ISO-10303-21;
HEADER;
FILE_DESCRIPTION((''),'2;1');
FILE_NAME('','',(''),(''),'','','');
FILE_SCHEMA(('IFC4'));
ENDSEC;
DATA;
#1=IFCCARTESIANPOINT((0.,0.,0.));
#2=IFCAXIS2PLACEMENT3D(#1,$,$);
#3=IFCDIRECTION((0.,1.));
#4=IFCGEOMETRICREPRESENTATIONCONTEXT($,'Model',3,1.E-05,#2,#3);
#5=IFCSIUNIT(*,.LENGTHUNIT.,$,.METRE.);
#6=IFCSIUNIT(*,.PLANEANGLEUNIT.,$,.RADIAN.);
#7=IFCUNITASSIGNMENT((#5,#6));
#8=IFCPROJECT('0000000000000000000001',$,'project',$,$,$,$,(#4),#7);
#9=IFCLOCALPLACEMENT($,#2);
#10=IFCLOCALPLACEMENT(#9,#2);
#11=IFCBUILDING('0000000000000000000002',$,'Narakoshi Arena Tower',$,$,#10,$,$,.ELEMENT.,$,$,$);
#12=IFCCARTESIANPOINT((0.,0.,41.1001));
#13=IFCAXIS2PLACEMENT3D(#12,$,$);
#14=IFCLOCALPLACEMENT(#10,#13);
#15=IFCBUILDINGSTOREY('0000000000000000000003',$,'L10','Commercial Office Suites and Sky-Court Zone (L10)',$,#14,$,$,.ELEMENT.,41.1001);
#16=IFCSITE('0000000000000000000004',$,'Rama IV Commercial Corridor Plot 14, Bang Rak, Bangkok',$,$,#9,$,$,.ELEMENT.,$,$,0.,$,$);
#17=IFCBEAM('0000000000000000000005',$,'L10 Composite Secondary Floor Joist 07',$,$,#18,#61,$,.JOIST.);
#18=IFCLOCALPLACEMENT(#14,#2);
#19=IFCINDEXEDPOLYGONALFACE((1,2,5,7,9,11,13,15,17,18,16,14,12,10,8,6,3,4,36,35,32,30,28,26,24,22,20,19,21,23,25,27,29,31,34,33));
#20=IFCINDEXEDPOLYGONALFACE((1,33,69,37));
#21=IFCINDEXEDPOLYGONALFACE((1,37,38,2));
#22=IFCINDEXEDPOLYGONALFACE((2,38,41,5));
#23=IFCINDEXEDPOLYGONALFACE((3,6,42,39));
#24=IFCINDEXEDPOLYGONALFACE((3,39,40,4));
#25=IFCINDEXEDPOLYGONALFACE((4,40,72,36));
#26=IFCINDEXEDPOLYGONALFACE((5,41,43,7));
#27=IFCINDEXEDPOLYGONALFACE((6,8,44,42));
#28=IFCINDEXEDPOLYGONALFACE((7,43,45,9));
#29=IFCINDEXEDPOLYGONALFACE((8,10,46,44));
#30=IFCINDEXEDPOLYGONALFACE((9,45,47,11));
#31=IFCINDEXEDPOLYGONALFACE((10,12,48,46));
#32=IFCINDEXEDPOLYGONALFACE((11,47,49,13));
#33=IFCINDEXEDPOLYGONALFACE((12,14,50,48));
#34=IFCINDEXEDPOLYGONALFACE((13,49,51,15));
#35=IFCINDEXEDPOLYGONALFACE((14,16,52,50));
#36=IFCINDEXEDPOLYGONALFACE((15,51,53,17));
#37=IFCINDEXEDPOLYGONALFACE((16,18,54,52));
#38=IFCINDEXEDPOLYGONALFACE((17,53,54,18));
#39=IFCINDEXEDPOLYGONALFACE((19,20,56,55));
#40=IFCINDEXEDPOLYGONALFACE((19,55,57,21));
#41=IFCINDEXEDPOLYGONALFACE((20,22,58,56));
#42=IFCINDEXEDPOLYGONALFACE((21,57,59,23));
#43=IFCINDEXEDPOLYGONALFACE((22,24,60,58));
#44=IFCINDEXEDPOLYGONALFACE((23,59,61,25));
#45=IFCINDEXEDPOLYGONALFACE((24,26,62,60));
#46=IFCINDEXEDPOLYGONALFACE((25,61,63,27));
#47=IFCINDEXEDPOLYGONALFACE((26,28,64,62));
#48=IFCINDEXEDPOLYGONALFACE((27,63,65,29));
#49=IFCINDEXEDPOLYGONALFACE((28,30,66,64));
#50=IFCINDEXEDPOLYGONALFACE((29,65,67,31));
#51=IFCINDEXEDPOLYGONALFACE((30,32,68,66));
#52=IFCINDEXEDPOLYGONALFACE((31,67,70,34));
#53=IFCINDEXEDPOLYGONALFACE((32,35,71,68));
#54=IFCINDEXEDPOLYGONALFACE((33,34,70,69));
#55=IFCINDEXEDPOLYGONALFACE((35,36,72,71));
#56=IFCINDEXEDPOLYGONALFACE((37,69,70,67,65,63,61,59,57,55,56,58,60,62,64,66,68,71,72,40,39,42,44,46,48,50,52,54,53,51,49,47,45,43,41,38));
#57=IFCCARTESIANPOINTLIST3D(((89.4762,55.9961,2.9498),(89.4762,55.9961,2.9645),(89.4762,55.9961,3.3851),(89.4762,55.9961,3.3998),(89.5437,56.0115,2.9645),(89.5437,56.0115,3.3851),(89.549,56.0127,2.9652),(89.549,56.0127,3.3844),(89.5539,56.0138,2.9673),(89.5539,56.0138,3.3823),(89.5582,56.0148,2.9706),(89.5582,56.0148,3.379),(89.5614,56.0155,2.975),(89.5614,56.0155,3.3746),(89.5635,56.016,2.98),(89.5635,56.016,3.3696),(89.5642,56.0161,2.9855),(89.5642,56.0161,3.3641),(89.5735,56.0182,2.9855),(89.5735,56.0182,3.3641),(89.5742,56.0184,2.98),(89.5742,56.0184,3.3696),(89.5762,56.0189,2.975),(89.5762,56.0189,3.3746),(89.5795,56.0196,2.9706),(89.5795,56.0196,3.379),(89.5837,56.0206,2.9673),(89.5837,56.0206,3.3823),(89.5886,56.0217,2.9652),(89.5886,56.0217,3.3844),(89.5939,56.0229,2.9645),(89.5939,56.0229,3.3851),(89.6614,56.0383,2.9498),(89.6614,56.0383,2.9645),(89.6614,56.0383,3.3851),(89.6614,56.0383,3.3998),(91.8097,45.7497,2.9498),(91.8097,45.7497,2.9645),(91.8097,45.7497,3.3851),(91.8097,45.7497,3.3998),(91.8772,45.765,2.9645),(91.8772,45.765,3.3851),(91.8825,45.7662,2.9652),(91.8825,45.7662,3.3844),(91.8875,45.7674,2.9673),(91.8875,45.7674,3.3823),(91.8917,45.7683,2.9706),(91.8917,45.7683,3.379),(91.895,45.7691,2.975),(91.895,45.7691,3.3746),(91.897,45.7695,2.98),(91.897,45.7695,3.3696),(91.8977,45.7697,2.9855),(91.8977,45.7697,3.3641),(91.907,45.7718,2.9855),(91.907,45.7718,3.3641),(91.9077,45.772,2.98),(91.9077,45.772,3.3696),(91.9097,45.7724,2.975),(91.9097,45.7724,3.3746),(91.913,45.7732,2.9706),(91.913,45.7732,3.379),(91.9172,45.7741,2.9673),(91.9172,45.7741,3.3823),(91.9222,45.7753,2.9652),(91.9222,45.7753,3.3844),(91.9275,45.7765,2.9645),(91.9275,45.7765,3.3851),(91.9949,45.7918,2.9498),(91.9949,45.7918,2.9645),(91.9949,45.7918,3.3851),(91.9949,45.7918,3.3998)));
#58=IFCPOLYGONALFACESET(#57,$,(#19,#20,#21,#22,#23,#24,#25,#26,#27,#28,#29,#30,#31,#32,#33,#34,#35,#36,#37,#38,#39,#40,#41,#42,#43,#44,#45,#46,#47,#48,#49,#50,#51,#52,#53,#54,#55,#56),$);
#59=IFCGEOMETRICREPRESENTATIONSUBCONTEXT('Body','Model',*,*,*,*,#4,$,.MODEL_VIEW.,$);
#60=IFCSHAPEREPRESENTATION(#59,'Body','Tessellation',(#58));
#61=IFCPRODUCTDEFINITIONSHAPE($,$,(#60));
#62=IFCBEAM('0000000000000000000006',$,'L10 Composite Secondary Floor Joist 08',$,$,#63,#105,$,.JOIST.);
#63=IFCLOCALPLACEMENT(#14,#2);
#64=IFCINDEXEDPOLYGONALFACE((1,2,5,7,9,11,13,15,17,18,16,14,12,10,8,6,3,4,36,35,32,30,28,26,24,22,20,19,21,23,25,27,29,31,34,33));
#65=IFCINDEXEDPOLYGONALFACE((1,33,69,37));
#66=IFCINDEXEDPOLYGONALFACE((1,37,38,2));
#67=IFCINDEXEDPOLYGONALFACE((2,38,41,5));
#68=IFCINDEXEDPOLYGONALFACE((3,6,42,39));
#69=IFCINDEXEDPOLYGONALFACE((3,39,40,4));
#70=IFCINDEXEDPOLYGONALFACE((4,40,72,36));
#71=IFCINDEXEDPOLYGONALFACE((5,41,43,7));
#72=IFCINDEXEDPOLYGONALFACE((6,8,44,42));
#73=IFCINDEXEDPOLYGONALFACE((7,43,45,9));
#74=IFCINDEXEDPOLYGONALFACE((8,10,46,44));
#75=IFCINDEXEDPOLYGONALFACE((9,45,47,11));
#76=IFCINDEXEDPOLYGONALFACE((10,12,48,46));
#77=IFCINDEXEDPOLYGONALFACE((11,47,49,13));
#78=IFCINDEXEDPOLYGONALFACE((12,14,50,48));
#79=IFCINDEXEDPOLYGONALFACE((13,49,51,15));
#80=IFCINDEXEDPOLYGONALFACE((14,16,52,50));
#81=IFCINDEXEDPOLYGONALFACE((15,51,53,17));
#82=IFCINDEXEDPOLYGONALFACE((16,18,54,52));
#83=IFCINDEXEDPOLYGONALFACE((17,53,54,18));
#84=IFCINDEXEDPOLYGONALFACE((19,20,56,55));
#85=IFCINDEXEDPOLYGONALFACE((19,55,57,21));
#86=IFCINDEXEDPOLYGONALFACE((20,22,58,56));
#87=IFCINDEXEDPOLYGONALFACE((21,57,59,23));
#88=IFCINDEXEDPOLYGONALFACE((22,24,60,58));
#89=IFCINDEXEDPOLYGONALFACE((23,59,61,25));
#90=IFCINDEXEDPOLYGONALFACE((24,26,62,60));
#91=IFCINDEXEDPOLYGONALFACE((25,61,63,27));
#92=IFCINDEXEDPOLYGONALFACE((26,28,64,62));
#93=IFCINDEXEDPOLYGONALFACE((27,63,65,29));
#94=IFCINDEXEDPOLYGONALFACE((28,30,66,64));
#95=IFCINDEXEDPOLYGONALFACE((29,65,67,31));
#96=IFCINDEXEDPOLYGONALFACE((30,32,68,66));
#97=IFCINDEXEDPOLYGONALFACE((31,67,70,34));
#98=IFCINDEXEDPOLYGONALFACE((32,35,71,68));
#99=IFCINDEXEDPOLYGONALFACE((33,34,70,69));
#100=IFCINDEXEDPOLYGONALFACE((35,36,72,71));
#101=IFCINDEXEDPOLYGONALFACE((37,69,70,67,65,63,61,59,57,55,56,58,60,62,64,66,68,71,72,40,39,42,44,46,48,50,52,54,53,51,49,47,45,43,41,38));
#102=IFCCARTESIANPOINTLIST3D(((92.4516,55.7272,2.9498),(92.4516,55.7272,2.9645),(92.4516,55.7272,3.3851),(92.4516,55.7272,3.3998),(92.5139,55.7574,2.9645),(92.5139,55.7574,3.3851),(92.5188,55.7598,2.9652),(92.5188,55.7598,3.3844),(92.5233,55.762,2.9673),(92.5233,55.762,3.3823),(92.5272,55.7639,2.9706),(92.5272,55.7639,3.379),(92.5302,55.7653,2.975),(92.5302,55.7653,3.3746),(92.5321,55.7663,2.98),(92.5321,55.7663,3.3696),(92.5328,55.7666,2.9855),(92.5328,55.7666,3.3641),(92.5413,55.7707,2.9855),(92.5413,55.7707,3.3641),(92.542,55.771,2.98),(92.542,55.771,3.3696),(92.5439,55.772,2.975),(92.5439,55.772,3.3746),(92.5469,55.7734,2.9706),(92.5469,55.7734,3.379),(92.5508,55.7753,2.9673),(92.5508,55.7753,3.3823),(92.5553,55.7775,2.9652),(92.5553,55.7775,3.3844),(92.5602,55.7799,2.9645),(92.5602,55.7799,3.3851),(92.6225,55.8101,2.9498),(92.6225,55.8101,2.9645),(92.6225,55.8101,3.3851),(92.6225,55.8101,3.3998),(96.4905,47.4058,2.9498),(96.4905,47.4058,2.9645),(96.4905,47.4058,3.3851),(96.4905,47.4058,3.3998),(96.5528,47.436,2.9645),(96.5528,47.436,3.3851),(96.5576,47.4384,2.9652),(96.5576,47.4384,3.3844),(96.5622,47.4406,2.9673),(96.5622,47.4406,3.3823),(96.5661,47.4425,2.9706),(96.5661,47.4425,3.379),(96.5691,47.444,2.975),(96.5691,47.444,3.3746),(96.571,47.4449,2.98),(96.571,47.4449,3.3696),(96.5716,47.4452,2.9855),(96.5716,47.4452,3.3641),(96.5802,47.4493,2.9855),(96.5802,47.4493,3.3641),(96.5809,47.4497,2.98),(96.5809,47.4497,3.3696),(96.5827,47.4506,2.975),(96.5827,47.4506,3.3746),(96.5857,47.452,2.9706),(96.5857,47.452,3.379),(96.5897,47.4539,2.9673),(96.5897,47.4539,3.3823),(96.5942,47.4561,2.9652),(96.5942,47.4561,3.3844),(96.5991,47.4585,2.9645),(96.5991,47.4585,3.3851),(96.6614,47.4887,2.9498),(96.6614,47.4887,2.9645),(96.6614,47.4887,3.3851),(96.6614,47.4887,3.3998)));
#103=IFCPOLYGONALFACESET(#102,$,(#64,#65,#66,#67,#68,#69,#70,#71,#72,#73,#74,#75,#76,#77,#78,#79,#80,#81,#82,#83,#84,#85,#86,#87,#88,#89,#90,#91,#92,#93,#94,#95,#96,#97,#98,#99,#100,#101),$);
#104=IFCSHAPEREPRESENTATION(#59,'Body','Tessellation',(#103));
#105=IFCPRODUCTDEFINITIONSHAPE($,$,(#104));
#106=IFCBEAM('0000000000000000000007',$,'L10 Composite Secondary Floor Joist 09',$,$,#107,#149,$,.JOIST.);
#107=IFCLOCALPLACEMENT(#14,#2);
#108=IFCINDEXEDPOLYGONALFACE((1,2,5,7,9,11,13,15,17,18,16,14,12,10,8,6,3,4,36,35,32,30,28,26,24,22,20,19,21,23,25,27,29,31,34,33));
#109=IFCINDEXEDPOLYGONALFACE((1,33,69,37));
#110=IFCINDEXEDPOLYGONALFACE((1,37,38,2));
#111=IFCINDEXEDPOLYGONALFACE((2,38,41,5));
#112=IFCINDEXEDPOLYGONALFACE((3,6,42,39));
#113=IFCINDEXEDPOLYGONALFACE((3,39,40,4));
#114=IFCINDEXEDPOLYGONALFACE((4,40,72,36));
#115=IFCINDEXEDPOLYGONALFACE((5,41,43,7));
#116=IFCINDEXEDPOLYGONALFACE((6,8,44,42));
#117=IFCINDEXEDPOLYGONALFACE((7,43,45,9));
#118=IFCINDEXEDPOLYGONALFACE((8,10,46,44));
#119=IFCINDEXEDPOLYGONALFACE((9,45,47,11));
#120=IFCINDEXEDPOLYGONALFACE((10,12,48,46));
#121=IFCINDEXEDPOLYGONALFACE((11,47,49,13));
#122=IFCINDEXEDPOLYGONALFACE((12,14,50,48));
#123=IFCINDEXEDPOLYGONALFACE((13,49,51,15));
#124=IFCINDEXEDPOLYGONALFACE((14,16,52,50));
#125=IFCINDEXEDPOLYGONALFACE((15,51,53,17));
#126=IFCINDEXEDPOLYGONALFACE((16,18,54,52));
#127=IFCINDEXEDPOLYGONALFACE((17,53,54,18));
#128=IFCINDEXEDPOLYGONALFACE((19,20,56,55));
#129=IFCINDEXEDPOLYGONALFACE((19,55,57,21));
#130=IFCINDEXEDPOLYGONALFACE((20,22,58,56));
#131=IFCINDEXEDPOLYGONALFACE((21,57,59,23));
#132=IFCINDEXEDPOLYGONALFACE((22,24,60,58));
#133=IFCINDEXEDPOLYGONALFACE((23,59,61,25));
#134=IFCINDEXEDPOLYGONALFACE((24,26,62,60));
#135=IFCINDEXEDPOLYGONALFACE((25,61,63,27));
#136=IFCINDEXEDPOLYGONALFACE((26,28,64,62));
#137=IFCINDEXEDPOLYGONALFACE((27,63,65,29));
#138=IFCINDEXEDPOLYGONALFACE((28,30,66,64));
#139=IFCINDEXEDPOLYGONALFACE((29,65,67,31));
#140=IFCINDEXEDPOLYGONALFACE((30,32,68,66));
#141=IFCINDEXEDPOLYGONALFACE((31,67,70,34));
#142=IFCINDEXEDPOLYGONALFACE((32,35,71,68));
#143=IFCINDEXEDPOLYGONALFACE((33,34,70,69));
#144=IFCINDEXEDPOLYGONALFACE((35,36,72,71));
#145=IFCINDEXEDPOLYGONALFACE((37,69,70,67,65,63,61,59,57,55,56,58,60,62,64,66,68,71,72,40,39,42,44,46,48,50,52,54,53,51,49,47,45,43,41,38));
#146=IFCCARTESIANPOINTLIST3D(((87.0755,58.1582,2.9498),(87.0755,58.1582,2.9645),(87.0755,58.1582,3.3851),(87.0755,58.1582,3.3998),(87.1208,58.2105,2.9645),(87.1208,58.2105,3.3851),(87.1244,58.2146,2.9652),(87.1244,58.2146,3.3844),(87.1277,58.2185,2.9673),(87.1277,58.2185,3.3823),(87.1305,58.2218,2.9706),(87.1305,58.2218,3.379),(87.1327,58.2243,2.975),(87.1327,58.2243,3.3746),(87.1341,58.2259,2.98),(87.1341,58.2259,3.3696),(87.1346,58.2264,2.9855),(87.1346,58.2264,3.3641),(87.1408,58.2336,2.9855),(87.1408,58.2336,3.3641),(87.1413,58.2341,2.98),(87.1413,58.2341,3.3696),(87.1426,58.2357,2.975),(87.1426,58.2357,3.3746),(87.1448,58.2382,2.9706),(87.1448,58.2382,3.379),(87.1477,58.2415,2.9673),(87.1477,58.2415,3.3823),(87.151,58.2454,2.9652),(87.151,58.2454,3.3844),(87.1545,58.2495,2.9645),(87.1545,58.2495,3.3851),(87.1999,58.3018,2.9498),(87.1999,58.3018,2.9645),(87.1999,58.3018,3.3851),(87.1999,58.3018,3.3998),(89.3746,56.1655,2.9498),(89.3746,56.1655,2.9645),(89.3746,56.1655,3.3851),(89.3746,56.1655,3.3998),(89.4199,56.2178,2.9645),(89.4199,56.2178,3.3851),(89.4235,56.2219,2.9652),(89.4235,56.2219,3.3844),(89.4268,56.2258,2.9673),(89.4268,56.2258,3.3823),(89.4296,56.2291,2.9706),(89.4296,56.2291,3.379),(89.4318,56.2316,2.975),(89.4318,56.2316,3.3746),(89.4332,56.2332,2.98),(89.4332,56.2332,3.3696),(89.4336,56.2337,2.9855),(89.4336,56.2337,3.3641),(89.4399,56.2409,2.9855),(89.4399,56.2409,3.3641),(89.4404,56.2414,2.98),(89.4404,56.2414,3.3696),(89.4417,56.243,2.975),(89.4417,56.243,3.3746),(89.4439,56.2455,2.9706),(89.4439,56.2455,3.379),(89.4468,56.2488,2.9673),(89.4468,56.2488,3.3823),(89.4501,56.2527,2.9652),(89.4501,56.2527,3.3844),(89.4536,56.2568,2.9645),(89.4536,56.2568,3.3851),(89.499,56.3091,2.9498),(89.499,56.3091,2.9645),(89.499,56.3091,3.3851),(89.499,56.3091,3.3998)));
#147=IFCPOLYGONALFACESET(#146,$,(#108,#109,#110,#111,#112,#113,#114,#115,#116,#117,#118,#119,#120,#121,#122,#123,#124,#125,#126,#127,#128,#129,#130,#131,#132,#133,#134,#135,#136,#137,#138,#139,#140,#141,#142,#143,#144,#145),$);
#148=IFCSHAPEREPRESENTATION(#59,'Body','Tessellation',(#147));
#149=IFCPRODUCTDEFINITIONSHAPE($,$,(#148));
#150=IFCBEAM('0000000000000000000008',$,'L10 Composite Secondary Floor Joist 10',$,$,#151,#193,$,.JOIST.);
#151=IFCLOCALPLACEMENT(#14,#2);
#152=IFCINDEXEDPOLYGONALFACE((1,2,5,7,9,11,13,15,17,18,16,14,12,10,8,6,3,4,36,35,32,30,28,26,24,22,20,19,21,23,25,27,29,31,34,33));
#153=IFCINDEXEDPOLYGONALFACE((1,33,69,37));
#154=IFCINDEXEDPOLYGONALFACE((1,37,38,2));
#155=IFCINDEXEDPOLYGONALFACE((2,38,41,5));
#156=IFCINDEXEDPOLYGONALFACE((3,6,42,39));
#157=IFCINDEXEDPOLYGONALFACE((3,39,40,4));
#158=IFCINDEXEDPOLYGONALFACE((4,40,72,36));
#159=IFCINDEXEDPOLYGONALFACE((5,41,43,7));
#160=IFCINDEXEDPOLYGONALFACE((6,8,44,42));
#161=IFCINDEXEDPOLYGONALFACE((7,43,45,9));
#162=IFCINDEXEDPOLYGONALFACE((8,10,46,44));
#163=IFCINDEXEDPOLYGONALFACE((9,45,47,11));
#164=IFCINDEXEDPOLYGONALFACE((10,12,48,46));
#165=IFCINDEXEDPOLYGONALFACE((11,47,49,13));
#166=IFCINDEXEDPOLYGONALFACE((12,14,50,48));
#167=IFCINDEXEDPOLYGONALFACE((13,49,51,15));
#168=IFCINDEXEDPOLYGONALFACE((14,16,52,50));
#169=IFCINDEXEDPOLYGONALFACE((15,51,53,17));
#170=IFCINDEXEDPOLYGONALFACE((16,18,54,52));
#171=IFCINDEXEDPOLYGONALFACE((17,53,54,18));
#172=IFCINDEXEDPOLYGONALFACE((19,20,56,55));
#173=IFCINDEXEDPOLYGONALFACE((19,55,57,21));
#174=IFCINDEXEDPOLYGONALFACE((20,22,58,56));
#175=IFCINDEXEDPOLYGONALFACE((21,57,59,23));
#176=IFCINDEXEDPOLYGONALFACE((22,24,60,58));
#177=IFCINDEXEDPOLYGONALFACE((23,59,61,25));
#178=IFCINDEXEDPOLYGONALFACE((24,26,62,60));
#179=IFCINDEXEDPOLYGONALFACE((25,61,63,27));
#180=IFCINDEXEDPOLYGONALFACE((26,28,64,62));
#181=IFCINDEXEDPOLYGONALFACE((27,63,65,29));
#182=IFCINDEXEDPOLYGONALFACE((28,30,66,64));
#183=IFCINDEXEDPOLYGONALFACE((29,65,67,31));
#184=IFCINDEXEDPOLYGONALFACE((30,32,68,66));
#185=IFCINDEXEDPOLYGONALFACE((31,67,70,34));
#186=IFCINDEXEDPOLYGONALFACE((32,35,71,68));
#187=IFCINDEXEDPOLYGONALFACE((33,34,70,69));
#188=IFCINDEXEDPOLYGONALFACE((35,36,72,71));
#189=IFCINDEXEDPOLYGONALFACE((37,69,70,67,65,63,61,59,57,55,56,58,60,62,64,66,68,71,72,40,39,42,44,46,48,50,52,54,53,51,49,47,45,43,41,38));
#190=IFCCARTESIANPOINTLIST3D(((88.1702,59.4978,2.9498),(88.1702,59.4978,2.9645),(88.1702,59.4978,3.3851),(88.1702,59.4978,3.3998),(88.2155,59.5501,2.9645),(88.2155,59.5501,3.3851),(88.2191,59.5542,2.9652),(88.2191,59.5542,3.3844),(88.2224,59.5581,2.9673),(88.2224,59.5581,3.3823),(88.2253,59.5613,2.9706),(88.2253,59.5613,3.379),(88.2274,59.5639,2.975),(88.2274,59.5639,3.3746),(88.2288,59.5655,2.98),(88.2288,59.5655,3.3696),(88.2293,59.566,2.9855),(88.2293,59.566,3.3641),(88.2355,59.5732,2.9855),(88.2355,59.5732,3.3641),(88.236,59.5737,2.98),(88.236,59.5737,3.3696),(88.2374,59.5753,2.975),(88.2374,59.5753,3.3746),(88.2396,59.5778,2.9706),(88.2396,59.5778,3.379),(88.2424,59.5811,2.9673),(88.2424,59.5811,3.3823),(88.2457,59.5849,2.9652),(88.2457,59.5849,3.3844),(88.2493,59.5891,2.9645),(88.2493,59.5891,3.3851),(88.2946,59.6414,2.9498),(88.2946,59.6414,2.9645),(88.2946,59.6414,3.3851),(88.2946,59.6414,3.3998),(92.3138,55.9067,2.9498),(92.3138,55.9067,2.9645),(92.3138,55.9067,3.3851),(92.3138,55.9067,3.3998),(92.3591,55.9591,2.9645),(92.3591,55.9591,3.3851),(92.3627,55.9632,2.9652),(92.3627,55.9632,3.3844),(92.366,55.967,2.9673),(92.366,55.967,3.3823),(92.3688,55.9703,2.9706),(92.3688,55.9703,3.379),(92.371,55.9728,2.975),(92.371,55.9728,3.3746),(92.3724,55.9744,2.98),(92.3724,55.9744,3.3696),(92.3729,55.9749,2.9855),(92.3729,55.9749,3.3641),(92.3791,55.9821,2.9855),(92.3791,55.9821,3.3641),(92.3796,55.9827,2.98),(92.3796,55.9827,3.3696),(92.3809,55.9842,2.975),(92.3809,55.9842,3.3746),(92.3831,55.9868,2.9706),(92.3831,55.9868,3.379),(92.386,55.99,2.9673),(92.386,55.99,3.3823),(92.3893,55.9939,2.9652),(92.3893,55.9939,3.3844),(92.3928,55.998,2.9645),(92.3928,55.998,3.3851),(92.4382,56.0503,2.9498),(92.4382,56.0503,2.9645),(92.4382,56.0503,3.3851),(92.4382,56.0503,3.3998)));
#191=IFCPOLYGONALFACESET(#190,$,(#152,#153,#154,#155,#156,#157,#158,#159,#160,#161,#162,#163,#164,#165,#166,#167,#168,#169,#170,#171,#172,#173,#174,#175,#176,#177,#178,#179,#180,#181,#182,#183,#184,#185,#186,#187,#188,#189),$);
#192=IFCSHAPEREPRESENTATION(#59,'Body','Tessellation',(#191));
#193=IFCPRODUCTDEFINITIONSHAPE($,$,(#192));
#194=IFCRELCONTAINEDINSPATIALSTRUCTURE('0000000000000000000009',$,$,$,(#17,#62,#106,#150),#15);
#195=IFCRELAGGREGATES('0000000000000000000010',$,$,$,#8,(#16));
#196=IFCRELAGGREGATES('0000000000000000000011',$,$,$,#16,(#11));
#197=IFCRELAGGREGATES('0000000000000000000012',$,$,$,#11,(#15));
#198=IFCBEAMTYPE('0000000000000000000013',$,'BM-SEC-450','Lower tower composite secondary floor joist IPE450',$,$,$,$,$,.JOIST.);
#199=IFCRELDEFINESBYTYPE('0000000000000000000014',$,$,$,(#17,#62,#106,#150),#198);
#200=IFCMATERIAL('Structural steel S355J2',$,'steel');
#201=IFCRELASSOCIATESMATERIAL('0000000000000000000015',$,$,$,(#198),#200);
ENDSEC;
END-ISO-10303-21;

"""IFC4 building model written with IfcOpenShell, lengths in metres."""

from ifc_helpers import new_model, si_unit, direction, frame, origin, origin_2d, place, context, subcontext, project, spatial, i_section, extrude, material, material_profile, profile_set, type_object, element, save


model = new_model("IFC4")

# Units and contexts
model_context = context("Model", 3, precision=1e-05, world=origin(), true_north=direction((0.0, 1.0)))
body_context = subcontext(model_context, "Body", "Model", "MODEL_VIEW")
ifc_project = project(units=[si_unit("LENGTHUNIT", "METRE"), si_unit("PLANEANGLEUNIT", "RADIAN")], contexts=[model_context])

# Site, building, storey
site_placement = place(None, origin())
site = spatial("IfcSite", under=ifc_project, at=site_placement, Name="Rama IV Commercial Corridor Plot 14, Bang Rak, Bangkok", CompositionType="ELEMENT", RefElevation=0.0)
building_placement = place(site_placement, origin())
building = spatial("IfcBuilding", under=site, at=building_placement, Name="Narakoshi Arena Tower", CompositionType="ELEMENT")
storey_placement = place(building_placement, frame((0.0, 0.0, 41.1001)))
storey = spatial("IfcBuildingStorey", under=building, at=storey_placement, Name="L10", Description="Commercial Office Suites and Sky-Court Zone (L10)", CompositionType="ELEMENT", Elevation=41.1001)

# Beams
ifc_material_1 = material(Name="Structural steel S355J2", Category="steel")
ifc_material_profile_1 = material_profile(ifc_material_1, i_section(OverallWidth=0.1899, OverallDepth=0.45, WebThickness=0.0095, FlangeThickness=0.0146, FilletRadius=0.021, at=origin_2d()), Name="IPE450")
ifc_profile_set_1 = profile_set([ifc_material_profile_1], Name="Structural steel S355J2")
beam_type_1 = type_object("IfcBeamType", Name="BM-SEC-450", Description="Lower tower composite secondary floor joist IPE450", PredefinedType="JOIST", material=ifc_profile_set_1)
beam_1_placement = place(storey_placement, frame((91.9023, 45.7708, 3.1748), z_axis=(-0.222054, 0.975034, 0.0), x_axis=(-0.975034, -0.222054, 0.0)))
element("IfcBeam", 1, at=beam_1_placement, inside=storey, type_object=beam_type_1, Name="L10 Composite Secondary Floor Joist 07", PredefinedType="JOIST", context=body_context, shape_type="SweptSolid", body=[
    extrude(i_section(OverallWidth=0.1899, OverallDepth=0.45, WebThickness=0.0095, FlangeThickness=0.0146, FilletRadius=0.021, at=origin_2d()), origin(), (0.0, 0.0, 1.0), 10.5088),
])
beam_2_placement = place(storey_placement, frame((96.5759, 47.4473, 3.1748), z_axis=(-0.436646, 0.899633, 0.0), x_axis=(-0.899633, -0.436646, 0.0)))
element("IfcBeam", 2, at=beam_2_placement, inside=storey, type_object=beam_type_1, Name="L10 Composite Secondary Floor Joist 08", PredefinedType="JOIST", context=body_context, shape_type="SweptSolid", body=[
    extrude(i_section(OverallWidth=0.1899, OverallDepth=0.45, WebThickness=0.0095, FlangeThickness=0.0146, FilletRadius=0.021, at=origin_2d()), origin(), (0.0, 0.0, 1.0), 9.2498),
])
beam_3_placement = place(storey_placement, frame((89.4368, 56.2373, 3.1748), z_axis=(-0.755665, 0.654958, 0.0), x_axis=(-0.654958, -0.755665, 0.0)))
element("IfcBeam", 3, at=beam_3_placement, inside=storey, type_object=beam_type_1, Name="L10 Composite Secondary Floor Joist 09", PredefinedType="JOIST", context=body_context, shape_type="SweptSolid", body=[
    extrude(i_section(OverallWidth=0.1899, OverallDepth=0.45, WebThickness=0.0095, FlangeThickness=0.0146, FilletRadius=0.021, at=origin_2d()), origin(), (0.0, 0.0, 1.0), 3.0425),
])
beam_4_placement = place(storey_placement, frame((92.376, 55.9785, 3.1748), z_axis=(-0.755691, 0.654929, 0.0), x_axis=(-0.654929, -0.755691, 0.0)))
element("IfcBeam", 4, at=beam_4_placement, inside=storey, type_object=beam_type_1, Name="L10 Composite Secondary Floor Joist 10", PredefinedType="JOIST", context=body_context, shape_type="SweptSolid", body=[
    extrude(i_section(OverallWidth=0.1899, OverallDepth=0.45, WebThickness=0.0095, FlangeThickness=0.0146, FilletRadius=0.021, at=origin_2d()), origin(), (0.0, 0.0, 1.0), 5.4832),
])

save(model, "model.ifc")
